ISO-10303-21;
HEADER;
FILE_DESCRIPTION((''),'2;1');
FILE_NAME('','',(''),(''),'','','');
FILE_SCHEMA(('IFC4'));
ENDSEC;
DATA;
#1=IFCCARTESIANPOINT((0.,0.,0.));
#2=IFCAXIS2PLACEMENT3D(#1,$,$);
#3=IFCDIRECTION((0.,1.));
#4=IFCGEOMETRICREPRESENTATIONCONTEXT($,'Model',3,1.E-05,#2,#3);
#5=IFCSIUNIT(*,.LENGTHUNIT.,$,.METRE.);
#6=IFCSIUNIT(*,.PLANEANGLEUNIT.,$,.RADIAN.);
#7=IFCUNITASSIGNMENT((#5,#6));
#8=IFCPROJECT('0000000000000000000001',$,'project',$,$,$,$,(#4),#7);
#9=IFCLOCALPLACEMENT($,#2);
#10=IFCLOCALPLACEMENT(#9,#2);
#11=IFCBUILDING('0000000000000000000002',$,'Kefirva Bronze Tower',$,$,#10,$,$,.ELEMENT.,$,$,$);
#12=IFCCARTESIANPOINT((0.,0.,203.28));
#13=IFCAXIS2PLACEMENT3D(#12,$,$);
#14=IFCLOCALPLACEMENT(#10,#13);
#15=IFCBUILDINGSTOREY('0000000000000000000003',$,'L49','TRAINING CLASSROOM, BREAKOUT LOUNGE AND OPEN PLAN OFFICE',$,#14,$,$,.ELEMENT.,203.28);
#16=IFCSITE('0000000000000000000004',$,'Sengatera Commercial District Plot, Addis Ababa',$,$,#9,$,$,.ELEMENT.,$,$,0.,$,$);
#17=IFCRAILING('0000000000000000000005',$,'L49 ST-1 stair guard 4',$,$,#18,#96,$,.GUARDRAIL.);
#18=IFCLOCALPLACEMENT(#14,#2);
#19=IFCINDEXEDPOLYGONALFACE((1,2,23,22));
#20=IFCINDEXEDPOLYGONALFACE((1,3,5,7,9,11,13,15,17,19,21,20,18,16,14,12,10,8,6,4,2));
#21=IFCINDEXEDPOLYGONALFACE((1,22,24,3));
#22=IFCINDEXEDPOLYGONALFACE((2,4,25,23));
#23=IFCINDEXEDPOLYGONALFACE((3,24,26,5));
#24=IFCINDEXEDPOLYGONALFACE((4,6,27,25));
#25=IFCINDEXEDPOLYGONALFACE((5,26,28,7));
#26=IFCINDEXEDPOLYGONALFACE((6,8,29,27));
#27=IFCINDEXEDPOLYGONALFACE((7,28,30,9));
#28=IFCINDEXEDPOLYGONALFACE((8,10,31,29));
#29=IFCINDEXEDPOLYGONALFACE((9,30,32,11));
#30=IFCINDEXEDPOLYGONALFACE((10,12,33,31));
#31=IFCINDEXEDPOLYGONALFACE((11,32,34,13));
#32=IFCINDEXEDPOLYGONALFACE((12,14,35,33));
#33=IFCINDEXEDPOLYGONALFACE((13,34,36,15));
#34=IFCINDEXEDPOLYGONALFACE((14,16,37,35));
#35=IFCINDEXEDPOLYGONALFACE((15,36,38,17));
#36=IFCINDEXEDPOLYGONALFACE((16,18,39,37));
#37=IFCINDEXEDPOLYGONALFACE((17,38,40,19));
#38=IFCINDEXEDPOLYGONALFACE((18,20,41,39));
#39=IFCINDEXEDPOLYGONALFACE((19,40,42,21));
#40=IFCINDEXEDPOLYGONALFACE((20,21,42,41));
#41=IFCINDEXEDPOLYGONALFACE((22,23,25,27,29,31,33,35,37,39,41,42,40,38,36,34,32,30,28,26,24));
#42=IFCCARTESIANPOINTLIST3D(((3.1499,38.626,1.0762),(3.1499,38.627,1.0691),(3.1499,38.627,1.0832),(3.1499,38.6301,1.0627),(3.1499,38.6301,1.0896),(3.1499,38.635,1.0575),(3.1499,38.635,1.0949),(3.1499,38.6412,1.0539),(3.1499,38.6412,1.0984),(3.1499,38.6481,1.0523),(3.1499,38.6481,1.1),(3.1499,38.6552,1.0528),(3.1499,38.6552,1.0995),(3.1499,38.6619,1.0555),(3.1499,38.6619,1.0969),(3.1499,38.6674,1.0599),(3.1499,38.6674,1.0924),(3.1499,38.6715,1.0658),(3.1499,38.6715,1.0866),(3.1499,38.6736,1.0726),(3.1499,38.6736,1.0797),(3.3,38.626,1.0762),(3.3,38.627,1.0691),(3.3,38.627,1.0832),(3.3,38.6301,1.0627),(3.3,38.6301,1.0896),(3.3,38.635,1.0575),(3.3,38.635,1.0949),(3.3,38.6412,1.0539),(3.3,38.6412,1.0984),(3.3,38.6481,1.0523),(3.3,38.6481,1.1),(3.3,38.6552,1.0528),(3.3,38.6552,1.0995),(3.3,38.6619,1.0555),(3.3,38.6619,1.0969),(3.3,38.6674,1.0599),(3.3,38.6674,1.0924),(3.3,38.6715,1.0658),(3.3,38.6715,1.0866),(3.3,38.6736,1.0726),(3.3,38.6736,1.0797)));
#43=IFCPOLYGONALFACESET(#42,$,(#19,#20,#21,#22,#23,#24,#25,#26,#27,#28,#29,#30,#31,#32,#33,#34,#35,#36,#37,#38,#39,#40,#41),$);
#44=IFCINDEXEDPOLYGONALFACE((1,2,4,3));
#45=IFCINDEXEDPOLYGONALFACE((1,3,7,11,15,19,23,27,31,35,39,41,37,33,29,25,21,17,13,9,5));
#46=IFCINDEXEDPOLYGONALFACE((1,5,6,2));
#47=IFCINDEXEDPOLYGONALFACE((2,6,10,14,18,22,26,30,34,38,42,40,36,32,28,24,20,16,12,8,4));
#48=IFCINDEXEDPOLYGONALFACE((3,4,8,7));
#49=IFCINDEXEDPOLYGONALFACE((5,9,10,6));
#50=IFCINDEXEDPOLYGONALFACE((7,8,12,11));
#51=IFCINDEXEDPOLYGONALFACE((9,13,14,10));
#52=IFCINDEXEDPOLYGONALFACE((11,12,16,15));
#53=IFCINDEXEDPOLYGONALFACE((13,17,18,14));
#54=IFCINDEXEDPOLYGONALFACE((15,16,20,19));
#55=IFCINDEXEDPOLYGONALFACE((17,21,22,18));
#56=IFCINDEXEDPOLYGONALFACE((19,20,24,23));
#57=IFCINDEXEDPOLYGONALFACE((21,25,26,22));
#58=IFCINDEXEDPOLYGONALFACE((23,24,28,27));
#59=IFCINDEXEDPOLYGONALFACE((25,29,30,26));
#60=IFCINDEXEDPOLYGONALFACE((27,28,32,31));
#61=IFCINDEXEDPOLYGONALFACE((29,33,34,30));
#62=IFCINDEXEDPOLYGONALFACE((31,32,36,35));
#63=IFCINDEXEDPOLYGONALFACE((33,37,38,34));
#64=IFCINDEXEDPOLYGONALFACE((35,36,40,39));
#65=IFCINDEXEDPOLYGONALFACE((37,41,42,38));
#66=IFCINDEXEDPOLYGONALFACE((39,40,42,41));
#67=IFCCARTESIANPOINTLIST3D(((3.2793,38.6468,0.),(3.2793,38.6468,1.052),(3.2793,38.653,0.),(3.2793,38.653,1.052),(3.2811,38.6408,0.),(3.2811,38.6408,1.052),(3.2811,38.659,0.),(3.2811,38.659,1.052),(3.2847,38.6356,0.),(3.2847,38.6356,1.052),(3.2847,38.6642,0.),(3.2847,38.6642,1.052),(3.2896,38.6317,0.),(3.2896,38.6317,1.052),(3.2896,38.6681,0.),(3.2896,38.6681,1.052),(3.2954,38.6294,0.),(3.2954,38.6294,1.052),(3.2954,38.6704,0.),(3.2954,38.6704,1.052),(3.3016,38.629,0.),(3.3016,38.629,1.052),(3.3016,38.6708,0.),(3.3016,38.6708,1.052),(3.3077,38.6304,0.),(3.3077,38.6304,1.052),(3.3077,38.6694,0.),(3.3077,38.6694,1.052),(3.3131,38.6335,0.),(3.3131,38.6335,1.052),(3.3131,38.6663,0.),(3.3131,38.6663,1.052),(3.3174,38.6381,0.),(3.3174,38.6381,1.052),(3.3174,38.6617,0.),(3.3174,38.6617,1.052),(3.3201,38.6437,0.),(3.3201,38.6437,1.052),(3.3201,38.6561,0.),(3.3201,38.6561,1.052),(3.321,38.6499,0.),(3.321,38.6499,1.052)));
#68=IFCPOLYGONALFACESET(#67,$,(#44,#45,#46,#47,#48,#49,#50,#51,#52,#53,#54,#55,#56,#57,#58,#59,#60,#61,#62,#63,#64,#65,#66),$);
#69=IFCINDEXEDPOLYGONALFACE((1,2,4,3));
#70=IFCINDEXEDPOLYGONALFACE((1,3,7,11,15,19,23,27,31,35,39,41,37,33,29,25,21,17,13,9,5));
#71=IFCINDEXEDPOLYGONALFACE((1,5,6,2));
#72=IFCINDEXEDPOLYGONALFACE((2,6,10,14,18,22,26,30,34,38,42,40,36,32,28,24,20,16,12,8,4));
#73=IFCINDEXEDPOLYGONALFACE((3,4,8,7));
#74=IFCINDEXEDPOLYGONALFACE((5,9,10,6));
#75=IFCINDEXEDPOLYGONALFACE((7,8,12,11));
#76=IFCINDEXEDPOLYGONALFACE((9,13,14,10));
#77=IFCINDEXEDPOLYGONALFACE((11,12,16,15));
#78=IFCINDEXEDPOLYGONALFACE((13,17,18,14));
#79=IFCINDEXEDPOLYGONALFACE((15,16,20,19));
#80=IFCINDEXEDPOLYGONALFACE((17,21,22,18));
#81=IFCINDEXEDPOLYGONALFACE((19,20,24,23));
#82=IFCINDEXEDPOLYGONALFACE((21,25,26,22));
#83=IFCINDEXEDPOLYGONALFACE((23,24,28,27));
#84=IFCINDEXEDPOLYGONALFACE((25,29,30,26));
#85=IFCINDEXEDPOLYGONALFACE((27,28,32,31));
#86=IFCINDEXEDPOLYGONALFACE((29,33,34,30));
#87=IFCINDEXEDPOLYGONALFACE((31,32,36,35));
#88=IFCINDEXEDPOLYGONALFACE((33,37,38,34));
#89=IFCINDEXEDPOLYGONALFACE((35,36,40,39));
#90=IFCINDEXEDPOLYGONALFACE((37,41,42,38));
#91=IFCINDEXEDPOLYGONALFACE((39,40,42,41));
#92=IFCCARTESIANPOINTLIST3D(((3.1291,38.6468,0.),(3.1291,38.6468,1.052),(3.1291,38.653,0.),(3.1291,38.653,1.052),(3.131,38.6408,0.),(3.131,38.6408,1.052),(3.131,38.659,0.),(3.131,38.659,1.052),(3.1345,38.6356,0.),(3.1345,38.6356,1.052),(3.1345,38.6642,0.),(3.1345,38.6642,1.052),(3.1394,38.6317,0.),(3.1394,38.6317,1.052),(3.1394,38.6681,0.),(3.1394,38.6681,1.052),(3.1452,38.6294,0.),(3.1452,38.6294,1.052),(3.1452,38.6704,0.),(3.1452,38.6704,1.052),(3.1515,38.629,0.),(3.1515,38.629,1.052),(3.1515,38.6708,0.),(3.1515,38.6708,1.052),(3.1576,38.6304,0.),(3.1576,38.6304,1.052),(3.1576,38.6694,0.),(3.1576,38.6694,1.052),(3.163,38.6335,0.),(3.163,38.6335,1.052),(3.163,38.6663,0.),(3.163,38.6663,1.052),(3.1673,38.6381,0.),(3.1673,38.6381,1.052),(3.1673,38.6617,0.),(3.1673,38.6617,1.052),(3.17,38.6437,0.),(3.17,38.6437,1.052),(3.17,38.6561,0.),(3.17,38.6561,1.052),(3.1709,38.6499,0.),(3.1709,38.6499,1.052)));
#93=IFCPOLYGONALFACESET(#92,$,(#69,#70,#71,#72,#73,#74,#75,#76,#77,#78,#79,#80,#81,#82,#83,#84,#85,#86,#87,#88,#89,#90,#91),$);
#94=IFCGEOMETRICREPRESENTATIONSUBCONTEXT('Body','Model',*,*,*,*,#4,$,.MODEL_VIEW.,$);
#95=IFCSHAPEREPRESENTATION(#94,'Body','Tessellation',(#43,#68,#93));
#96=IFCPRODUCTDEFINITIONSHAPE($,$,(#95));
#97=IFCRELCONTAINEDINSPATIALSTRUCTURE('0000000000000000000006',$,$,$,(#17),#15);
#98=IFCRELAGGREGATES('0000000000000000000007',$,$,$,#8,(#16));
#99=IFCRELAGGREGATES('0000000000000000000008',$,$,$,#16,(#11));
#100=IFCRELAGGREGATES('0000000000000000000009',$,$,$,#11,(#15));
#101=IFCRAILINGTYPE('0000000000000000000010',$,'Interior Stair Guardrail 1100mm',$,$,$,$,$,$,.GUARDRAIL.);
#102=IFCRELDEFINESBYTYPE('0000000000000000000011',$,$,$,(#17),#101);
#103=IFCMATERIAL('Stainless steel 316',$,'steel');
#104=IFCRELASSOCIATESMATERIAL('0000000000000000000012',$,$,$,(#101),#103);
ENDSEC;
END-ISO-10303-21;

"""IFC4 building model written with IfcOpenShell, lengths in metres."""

from ifc_helpers import new_model, si_unit, direction, frame, origin, origin_2d, place, context, subcontext, project, spatial, circle, extrude, material, type_object, element, save


model = new_model("IFC4")

# Units and contexts
model_context = context("Model", 3, precision=1e-05, world=origin(), true_north=direction((0.0, 1.0)))
body_context = subcontext(model_context, "Body", "Model", "MODEL_VIEW")
ifc_project = project(units=[si_unit("LENGTHUNIT", "METRE"), si_unit("PLANEANGLEUNIT", "RADIAN")], contexts=[model_context])

# Site, building, storey
site_placement = place(None, origin())
site = spatial("IfcSite", under=ifc_project, at=site_placement, Name="Sengatera Commercial District Plot, Addis Ababa", CompositionType="ELEMENT", RefElevation=0.0)
building_placement = place(site_placement, origin())
building = spatial("IfcBuilding", under=site, at=building_placement, Name="Kefirva Bronze Tower", CompositionType="ELEMENT")
storey_placement = place(building_placement, frame((0.0, 0.0, 203.28)))
storey = spatial("IfcBuildingStorey", under=building, at=storey_placement, Name="L49", Description="TRAINING CLASSROOM, BREAKOUT LOUNGE AND OPEN PLAN OFFICE", CompositionType="ELEMENT", Elevation=203.28)

# Railing
ifc_material_1 = material(Name="Stainless steel 316", Category="steel")
railing_type_1 = type_object("IfcRailingType", Name="Interior Stair Guardrail 1100mm", PredefinedType="GUARDRAIL", material=ifc_material_1)
railing_1_placement = place(storey_placement, frame((3.3, 38.6499, 0.0)))
element("IfcRailing", 1, at=railing_1_placement, inside=storey, type_object=railing_type_1, Name="L49 ST-1 stair guard 4", PredefinedType="GUARDRAIL", context=body_context, shape_type="SweptSolid", body=[
    extrude(circle(Radius=0.0239, at=origin_2d()), frame((0.0, 0.0, 1.0762), z_axis=(-1.0, 0.0, 0.0), x_axis=(0.0, -1.0, 0.0)), (0.0, 0.0, 1.0), 0.1501),
    extrude(circle(Radius=0.021, at=origin_2d()), origin(), (0.0, 0.0, 1.0), 1.052),
    extrude(circle(Radius=0.021, at=origin_2d()), frame((-0.1501, 0.0, 0.0)), (0.0, 0.0, 1.0), 1.052),
])

save(model, "model.ifc")
